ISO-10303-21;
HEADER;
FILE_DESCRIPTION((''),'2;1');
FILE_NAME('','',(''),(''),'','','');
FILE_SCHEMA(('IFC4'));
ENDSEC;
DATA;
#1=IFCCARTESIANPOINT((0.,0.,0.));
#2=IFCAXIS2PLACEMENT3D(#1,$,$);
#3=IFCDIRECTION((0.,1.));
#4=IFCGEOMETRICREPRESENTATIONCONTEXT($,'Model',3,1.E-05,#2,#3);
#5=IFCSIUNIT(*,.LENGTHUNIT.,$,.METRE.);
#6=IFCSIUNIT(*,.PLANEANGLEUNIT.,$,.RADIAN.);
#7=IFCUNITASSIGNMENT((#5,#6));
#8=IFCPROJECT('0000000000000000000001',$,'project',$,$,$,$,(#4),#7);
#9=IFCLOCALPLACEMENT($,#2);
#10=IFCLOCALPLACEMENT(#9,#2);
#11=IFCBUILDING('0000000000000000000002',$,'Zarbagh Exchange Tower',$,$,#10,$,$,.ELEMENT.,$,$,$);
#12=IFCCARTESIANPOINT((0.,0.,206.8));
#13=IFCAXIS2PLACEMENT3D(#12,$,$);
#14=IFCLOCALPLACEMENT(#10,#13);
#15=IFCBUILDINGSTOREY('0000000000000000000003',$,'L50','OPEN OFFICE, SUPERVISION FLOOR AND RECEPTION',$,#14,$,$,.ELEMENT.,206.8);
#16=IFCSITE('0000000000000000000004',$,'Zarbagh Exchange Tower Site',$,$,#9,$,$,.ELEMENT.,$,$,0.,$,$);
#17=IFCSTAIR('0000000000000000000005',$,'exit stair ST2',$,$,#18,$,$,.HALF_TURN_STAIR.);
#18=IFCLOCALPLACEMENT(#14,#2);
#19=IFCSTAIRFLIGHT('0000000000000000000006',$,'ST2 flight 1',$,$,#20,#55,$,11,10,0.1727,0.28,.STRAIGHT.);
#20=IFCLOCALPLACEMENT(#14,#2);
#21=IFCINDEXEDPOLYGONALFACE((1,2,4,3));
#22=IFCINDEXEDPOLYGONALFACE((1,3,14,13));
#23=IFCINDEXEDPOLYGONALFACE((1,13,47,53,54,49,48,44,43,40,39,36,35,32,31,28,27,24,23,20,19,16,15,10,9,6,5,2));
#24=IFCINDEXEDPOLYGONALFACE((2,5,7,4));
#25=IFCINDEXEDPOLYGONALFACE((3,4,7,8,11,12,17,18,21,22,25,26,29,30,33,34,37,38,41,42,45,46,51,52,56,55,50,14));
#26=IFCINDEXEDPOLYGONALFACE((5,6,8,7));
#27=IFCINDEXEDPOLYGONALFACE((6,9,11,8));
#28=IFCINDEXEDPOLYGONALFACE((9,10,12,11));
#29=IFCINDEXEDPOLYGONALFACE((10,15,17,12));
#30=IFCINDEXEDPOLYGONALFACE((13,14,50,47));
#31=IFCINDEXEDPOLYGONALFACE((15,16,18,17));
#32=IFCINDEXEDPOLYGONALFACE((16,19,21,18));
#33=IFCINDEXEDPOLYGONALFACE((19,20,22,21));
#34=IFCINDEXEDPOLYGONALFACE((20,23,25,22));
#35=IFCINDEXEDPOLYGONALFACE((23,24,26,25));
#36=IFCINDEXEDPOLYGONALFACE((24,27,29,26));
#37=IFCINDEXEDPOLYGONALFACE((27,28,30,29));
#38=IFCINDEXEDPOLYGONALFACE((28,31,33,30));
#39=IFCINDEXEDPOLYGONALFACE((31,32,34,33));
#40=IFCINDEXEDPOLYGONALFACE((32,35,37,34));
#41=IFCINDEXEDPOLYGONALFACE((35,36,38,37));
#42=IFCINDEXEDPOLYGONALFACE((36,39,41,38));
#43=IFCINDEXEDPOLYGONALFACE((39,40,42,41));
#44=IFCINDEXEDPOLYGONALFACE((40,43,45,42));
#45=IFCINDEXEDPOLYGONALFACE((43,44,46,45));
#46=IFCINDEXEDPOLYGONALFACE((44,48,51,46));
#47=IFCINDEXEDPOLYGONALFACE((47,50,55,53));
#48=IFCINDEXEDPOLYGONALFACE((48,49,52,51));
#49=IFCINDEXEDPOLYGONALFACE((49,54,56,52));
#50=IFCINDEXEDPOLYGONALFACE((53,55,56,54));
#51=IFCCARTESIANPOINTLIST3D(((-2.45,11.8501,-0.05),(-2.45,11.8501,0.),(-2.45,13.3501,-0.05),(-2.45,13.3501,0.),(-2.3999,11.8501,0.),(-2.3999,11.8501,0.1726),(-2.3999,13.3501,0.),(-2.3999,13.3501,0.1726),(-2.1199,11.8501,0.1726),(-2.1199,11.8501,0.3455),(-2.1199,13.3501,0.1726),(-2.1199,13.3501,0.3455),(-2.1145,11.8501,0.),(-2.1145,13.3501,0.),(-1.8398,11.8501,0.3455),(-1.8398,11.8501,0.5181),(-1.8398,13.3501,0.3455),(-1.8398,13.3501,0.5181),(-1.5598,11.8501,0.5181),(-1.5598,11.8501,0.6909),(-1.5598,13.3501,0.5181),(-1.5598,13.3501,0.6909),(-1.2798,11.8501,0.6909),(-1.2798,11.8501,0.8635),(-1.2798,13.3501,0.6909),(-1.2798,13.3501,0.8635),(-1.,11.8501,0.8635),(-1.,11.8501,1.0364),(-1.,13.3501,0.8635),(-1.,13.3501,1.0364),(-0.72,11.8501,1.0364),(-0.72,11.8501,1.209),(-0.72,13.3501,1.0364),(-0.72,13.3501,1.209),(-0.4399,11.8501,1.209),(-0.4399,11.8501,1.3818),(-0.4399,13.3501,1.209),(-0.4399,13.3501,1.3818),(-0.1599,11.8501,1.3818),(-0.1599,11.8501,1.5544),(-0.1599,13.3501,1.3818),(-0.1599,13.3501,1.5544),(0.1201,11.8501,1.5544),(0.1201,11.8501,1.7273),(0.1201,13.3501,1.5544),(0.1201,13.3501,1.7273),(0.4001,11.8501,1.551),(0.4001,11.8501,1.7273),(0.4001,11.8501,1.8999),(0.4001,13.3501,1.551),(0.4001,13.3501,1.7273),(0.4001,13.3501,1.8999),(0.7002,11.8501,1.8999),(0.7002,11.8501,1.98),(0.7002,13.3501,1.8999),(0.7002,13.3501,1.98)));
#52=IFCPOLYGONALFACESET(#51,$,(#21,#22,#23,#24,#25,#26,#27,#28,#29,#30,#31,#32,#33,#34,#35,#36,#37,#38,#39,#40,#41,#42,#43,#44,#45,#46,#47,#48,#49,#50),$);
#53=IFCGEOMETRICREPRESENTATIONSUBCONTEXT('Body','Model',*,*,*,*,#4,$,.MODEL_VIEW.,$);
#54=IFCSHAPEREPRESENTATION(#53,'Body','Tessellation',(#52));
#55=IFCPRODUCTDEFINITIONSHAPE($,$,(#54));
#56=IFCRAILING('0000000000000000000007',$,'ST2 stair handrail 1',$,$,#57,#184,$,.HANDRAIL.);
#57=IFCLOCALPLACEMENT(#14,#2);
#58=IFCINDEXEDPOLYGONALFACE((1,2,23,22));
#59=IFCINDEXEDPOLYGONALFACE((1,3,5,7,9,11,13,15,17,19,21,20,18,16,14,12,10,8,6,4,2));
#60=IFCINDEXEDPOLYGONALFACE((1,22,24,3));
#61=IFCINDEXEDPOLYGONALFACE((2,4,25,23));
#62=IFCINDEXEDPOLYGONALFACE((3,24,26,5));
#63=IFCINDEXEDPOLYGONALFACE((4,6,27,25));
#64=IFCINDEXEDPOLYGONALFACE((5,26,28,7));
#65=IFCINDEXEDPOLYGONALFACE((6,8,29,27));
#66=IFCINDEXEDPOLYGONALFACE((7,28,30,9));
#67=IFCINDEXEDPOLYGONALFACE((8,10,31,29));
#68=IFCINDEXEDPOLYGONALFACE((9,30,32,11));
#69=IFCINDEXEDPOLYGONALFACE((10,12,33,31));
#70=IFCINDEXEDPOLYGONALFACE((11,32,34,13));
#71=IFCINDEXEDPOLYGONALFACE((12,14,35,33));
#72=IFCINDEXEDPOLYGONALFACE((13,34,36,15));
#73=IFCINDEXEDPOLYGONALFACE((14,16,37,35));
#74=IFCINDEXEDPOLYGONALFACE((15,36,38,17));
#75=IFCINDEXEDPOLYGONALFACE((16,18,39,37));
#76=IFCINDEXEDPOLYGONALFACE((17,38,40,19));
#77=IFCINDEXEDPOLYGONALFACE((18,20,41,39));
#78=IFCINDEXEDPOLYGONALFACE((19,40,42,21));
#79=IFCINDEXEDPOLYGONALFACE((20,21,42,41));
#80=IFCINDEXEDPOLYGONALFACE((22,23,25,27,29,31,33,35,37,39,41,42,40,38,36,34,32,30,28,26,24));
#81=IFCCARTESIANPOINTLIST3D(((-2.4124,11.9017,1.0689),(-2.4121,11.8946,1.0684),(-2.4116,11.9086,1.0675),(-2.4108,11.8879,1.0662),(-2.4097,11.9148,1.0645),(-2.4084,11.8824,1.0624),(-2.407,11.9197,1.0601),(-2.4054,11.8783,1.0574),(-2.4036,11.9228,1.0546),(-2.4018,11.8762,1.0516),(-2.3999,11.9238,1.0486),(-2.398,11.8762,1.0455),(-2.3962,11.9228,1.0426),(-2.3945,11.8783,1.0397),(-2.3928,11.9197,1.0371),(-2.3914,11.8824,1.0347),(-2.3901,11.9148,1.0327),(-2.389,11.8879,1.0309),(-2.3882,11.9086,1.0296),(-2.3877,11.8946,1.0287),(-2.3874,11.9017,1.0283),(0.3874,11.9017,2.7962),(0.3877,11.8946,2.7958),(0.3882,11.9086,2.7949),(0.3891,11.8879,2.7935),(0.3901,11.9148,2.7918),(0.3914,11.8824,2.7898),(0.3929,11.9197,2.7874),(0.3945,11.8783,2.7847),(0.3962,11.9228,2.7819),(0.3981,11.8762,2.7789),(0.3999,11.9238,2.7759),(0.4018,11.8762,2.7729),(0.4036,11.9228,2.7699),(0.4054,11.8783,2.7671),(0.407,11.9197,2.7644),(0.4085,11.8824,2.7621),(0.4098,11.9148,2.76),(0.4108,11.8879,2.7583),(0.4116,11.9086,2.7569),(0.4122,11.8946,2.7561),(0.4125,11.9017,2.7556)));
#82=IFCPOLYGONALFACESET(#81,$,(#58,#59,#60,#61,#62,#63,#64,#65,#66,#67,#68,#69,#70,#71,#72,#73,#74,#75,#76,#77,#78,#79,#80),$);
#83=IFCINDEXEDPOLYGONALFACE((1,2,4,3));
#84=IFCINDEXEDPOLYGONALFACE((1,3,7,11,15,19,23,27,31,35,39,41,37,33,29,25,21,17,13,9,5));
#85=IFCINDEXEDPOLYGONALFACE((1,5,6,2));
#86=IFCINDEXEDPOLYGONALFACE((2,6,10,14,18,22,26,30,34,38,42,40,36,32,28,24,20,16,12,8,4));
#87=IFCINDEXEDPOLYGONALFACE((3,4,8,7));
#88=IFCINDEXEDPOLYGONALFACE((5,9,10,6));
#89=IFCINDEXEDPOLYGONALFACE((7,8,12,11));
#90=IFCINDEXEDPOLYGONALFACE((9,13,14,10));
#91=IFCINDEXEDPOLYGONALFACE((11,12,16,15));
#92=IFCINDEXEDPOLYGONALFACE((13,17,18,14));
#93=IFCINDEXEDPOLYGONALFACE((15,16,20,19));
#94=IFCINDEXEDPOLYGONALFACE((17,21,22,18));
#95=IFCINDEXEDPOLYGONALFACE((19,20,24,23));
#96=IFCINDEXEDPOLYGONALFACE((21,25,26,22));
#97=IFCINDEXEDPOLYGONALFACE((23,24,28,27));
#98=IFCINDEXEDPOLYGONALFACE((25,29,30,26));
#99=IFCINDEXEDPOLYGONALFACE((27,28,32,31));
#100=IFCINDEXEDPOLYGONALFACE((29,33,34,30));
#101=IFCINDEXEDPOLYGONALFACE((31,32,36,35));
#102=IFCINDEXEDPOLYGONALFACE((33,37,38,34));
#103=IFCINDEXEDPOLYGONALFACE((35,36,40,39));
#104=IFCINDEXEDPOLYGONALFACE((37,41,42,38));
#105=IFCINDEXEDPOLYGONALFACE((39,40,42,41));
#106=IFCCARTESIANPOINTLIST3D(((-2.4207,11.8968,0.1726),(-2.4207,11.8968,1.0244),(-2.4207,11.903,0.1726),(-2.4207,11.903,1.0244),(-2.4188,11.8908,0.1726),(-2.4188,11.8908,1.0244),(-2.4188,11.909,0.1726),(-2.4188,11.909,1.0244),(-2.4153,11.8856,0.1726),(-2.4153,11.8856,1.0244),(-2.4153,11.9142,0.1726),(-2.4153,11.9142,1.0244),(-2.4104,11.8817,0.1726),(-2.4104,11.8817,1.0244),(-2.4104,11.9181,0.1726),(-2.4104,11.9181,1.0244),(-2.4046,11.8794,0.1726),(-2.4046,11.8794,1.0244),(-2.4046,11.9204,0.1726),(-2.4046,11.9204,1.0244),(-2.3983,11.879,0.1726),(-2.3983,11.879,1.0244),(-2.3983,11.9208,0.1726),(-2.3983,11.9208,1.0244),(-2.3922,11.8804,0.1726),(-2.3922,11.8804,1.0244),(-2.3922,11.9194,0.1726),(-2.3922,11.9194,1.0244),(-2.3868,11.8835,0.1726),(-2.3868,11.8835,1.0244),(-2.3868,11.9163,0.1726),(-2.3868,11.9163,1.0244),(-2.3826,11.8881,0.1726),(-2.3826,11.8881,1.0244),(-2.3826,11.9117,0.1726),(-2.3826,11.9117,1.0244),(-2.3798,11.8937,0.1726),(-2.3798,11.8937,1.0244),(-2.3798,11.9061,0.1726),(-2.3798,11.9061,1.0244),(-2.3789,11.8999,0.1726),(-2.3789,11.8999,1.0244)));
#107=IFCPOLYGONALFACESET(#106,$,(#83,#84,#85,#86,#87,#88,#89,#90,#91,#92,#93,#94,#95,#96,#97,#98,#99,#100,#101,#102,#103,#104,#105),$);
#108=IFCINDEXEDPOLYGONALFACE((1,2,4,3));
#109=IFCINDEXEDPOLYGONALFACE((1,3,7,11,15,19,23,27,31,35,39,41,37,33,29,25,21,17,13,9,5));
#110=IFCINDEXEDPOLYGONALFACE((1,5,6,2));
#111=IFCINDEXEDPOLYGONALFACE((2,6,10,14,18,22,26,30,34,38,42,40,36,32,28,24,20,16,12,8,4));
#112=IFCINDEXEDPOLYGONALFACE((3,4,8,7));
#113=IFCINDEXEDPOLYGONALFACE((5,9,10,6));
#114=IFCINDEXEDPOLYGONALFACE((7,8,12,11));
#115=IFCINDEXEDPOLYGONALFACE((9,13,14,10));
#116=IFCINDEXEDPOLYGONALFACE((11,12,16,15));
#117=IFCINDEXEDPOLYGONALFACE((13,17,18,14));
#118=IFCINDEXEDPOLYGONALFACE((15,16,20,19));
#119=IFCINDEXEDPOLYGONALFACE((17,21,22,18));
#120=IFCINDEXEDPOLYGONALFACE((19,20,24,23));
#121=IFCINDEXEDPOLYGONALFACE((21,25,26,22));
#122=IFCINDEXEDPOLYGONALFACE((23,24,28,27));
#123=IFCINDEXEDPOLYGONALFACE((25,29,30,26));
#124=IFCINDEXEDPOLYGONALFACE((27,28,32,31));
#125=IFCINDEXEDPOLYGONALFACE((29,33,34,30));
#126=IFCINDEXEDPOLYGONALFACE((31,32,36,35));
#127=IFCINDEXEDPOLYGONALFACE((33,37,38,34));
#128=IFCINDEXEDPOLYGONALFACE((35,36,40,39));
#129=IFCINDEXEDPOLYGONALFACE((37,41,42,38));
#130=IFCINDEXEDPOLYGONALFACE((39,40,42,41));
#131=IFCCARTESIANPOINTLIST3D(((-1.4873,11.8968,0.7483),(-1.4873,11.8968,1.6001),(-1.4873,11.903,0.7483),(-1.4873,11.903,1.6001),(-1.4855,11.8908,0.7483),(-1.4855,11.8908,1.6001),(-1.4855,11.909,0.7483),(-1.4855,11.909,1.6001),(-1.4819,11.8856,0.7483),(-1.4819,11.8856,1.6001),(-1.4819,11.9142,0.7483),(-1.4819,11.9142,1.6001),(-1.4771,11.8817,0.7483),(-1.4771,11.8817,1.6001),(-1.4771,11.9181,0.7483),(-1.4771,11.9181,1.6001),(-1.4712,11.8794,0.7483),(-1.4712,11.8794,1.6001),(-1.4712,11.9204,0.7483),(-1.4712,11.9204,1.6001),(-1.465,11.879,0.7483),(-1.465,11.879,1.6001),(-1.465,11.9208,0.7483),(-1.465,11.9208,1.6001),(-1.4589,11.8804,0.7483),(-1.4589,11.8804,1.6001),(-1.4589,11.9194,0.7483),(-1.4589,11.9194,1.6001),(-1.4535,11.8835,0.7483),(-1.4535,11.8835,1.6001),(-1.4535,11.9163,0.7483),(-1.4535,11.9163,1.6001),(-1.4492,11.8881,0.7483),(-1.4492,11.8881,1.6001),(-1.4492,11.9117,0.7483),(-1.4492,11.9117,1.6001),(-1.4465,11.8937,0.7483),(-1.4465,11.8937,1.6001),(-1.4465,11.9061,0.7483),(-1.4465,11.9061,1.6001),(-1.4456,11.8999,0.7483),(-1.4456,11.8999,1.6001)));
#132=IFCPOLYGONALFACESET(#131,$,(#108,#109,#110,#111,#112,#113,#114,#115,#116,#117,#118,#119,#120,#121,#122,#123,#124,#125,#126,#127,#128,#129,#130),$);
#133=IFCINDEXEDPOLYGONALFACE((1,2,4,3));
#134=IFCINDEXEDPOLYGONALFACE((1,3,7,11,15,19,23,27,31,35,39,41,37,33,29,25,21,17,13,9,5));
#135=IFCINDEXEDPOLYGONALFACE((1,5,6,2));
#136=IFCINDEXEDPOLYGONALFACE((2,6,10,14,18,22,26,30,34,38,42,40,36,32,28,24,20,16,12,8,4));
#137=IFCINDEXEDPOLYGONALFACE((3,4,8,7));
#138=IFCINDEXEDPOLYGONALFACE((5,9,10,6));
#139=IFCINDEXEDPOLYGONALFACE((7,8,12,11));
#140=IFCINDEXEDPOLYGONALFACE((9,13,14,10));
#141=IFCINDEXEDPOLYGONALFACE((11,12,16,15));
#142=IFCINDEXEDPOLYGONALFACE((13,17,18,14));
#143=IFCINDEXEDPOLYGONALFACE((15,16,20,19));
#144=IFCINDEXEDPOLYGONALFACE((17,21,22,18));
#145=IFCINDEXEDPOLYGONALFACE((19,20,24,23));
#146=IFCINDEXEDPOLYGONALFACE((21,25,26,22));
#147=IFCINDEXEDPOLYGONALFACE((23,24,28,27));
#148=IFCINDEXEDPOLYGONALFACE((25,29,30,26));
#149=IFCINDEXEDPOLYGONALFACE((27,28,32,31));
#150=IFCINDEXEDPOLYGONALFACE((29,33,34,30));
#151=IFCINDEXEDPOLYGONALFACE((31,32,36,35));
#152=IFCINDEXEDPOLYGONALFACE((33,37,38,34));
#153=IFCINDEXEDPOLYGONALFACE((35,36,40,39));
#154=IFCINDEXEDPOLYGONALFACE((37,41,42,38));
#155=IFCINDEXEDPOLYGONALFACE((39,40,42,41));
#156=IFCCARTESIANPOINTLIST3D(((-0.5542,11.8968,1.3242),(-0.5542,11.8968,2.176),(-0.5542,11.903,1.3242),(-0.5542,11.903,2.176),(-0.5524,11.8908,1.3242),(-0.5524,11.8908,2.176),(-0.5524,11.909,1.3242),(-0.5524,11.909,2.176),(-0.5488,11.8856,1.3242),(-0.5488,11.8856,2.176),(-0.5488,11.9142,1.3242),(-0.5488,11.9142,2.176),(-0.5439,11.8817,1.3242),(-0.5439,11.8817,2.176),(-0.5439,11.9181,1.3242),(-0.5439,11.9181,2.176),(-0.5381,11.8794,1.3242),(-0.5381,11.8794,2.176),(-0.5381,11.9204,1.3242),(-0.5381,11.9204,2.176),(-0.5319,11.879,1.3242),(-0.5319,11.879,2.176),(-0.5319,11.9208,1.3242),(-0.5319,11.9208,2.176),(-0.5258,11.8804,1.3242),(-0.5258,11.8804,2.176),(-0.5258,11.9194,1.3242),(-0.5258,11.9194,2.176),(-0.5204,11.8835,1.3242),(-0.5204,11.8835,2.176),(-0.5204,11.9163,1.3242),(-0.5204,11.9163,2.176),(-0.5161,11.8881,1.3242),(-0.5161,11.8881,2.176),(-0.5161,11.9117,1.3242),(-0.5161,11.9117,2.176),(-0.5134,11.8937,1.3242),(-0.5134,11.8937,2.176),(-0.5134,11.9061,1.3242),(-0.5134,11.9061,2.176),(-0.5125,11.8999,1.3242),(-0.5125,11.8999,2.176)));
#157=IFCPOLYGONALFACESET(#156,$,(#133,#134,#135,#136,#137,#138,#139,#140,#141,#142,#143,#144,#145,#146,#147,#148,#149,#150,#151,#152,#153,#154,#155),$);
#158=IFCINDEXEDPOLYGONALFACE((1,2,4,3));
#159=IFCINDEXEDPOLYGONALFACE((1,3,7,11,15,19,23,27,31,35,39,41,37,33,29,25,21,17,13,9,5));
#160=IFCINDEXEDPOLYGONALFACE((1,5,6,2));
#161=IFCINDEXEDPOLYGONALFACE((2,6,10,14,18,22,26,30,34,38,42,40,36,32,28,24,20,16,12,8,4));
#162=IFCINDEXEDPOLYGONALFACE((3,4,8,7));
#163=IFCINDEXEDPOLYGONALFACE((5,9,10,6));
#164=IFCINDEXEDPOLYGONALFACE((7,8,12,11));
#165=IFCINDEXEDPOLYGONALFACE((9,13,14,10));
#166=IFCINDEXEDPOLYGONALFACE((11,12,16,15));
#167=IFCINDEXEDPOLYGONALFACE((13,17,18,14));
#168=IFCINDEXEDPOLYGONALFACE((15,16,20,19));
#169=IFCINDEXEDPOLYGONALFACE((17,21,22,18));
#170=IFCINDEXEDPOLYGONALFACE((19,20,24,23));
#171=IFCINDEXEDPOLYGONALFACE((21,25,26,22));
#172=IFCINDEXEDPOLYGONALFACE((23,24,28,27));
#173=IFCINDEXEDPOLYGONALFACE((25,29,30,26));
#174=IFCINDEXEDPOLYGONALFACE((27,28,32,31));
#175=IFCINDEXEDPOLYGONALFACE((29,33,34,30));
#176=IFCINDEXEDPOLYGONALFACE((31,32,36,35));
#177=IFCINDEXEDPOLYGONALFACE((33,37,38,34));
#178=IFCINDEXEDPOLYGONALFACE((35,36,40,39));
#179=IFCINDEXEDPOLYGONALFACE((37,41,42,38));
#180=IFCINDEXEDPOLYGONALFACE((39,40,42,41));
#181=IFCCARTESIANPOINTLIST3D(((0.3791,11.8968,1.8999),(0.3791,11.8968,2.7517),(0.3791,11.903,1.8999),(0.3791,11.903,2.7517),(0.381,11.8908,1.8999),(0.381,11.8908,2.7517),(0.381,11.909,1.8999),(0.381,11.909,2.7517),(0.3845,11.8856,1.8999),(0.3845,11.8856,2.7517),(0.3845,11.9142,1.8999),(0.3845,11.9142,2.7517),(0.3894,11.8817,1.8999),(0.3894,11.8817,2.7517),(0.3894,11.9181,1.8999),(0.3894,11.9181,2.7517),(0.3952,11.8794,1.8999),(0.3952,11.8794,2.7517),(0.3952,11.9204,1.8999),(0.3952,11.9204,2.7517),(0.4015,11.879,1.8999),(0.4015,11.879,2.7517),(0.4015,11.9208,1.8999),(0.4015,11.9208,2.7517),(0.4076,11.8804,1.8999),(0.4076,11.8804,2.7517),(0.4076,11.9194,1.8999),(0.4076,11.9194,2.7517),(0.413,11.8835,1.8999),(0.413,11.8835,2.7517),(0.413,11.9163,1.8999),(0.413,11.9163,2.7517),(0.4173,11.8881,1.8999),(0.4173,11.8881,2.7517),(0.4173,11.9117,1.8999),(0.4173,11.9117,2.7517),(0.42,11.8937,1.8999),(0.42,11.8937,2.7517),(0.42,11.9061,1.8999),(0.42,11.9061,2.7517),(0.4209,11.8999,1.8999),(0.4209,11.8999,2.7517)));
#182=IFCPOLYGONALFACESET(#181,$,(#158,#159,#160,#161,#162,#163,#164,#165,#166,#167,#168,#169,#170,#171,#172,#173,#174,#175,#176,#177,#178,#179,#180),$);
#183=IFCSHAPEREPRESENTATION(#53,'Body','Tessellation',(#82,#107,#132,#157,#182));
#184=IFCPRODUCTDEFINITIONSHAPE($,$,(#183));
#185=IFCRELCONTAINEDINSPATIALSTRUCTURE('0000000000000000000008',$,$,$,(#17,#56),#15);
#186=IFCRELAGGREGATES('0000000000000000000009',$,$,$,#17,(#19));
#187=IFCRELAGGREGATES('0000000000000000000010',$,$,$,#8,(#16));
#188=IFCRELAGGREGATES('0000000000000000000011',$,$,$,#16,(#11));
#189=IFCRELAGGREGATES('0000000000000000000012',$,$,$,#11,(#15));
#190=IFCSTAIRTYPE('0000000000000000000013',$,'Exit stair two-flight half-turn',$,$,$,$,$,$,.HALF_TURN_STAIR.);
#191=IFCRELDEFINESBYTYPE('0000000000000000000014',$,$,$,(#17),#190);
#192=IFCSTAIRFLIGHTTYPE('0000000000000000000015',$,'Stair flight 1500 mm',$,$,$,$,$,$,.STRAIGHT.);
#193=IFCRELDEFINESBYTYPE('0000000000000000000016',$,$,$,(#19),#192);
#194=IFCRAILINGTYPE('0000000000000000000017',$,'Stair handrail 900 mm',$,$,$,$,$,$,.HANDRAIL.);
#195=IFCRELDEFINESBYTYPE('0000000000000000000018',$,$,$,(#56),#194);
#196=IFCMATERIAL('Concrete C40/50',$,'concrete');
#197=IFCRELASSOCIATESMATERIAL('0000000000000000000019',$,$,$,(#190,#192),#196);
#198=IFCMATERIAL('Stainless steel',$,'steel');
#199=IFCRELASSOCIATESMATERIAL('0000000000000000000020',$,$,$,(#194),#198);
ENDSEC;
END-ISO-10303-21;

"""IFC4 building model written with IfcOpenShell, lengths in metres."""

from ifc_helpers import new_model, si_unit, direction, frame, origin, origin_2d, place, context, subcontext, project, spatial, polyline, circle, outline, extrude, material, type_object, element, aggregate, save


model = new_model("IFC4")

# Units and contexts
model_context = context("Model", 3, precision=1e-05, world=origin(), true_north=direction((0.0, 1.0)))
body_context = subcontext(model_context, "Body", "Model", "MODEL_VIEW")
ifc_project = project(units=[si_unit("LENGTHUNIT", "METRE"), si_unit("PLANEANGLEUNIT", "RADIAN")], contexts=[model_context])

# Site, building, storey
site_placement = place(None, origin())
site = spatial("IfcSite", under=ifc_project, at=site_placement, Name="Zarbagh Exchange Tower Site", CompositionType="ELEMENT", RefElevation=0.0)
building_placement = place(site_placement, origin())
building = spatial("IfcBuilding", under=site, at=building_placement, Name="Zarbagh Exchange Tower", CompositionType="ELEMENT")
storey_placement = place(building_placement, frame((0.0, 0.0, 206.8)))
storey = spatial("IfcBuildingStorey", under=building, at=storey_placement, Name="L50", Description="OPEN OFFICE, SUPERVISION FLOOR AND RECEPTION", CompositionType="ELEMENT", Elevation=206.8)

# Shared definitions
ifc_material_1 = material(Name="Concrete C40/50", Category="concrete")

# Stair, stair flight
stair_type = type_object("IfcStairType", Name="Exit stair two-flight half-turn", PredefinedType="HALF_TURN_STAIR", material=ifc_material_1)
stair_placement = place(storey_placement, origin())
stair = element("IfcStair", 1, at=stair_placement, inside=storey, type_object=stair_type, Name="exit stair ST2", PredefinedType="HALF_TURN_STAIR")
stair_flight_type = type_object("IfcStairFlightType", Name="Stair flight 1500 mm", PredefinedType="STRAIGHT", material=ifc_material_1)
stair_flight_placement = place(storey_placement, frame((-2.3999, 12.6001, 0.0), z_axis=(0.0, 0.0, 1.0), x_axis=(1.0, 0.0, 0.0)))
stair_flight = element("IfcStairFlight", 2, at=stair_flight_placement, type_object=stair_flight_type, Name="ST2 flight 1", NumberOfRisers=11, NumberOfTreads=10, PredefinedType="STRAIGHT", RiserHeight=0.1727, TreadLength=0.28, context=body_context, shape_type="SweptSolid", body=[
    extrude(outline(polyline([(-0.05, -0.05), (-0.05, 0.0), (0.0, 0.0), (0.0, 0.1726), (0.28, 0.1726), (0.28, 0.3455), (0.5601, 0.3455), (0.5601, 0.5181), (0.8401, 0.5181), (0.8401, 0.6909), (1.1201, 0.6909), (1.1201, 0.8635), (1.3999, 0.8635), (1.3999, 1.0364), (1.6799, 1.0364), (1.6799, 1.209), (1.96, 1.209), (1.96, 1.3818), (2.24, 1.3818), (2.24, 1.5544), (2.52, 1.5544), (2.52, 1.7273), (2.8, 1.7273), (2.8, 1.8999), (3.1001, 1.98), (3.1001, 1.8999), (2.8, 1.551), (0.2854, 0.0), (-0.05, -0.05)])), frame((0.0, 0.75, 0.0), z_axis=(0.0, -1.0, 0.0), x_axis=(1.0, 0.0, 0.0)), (0.0, 0.0, 1.0), 1.5),
])
aggregate(stair, [stair_flight])

# Railing
ifc_material_2 = material(Name="Stainless steel", Category="steel")
railing_type_1 = type_object("IfcRailingType", Name="Stair handrail 900 mm", PredefinedType="HANDRAIL", material=ifc_material_2)
railing_1_placement = place(storey_placement, frame((-2.3999, 11.8999, 0.1726)))
element("IfcRailing", 3, at=railing_1_placement, inside=storey, type_object=railing_type_1, Name="ST2 stair handrail 1", PredefinedType="HANDRAIL", context=body_context, shape_type="SweptSolid", body=[
    extrude(circle(Radius=0.0239, at=origin_2d()), frame((0.0, 0.0, 0.876), z_axis=(0.851069, 0.0, 0.525054), x_axis=(0.0, 1.0, 0.0)), (0.0, 0.0, 1.0), 3.2898),
    extrude(circle(Radius=0.021, at=origin_2d()), origin(), (0.0, 0.0, 1.0), 0.8518),
    extrude(circle(Radius=0.021, at=origin_2d()), frame((0.9333, 0.0, 0.5757)), (0.0, 0.0, 1.0), 0.8518),
    extrude(circle(Radius=0.021, at=origin_2d()), frame((1.8665, 0.0, 1.1516)), (0.0, 0.0, 1.0), 0.8518),
    extrude(circle(Radius=0.021, at=origin_2d()), frame((2.7998, 0.0, 1.7273)), (0.0, 0.0, 1.0), 0.8518),
])

save(model, "model.ifc")
